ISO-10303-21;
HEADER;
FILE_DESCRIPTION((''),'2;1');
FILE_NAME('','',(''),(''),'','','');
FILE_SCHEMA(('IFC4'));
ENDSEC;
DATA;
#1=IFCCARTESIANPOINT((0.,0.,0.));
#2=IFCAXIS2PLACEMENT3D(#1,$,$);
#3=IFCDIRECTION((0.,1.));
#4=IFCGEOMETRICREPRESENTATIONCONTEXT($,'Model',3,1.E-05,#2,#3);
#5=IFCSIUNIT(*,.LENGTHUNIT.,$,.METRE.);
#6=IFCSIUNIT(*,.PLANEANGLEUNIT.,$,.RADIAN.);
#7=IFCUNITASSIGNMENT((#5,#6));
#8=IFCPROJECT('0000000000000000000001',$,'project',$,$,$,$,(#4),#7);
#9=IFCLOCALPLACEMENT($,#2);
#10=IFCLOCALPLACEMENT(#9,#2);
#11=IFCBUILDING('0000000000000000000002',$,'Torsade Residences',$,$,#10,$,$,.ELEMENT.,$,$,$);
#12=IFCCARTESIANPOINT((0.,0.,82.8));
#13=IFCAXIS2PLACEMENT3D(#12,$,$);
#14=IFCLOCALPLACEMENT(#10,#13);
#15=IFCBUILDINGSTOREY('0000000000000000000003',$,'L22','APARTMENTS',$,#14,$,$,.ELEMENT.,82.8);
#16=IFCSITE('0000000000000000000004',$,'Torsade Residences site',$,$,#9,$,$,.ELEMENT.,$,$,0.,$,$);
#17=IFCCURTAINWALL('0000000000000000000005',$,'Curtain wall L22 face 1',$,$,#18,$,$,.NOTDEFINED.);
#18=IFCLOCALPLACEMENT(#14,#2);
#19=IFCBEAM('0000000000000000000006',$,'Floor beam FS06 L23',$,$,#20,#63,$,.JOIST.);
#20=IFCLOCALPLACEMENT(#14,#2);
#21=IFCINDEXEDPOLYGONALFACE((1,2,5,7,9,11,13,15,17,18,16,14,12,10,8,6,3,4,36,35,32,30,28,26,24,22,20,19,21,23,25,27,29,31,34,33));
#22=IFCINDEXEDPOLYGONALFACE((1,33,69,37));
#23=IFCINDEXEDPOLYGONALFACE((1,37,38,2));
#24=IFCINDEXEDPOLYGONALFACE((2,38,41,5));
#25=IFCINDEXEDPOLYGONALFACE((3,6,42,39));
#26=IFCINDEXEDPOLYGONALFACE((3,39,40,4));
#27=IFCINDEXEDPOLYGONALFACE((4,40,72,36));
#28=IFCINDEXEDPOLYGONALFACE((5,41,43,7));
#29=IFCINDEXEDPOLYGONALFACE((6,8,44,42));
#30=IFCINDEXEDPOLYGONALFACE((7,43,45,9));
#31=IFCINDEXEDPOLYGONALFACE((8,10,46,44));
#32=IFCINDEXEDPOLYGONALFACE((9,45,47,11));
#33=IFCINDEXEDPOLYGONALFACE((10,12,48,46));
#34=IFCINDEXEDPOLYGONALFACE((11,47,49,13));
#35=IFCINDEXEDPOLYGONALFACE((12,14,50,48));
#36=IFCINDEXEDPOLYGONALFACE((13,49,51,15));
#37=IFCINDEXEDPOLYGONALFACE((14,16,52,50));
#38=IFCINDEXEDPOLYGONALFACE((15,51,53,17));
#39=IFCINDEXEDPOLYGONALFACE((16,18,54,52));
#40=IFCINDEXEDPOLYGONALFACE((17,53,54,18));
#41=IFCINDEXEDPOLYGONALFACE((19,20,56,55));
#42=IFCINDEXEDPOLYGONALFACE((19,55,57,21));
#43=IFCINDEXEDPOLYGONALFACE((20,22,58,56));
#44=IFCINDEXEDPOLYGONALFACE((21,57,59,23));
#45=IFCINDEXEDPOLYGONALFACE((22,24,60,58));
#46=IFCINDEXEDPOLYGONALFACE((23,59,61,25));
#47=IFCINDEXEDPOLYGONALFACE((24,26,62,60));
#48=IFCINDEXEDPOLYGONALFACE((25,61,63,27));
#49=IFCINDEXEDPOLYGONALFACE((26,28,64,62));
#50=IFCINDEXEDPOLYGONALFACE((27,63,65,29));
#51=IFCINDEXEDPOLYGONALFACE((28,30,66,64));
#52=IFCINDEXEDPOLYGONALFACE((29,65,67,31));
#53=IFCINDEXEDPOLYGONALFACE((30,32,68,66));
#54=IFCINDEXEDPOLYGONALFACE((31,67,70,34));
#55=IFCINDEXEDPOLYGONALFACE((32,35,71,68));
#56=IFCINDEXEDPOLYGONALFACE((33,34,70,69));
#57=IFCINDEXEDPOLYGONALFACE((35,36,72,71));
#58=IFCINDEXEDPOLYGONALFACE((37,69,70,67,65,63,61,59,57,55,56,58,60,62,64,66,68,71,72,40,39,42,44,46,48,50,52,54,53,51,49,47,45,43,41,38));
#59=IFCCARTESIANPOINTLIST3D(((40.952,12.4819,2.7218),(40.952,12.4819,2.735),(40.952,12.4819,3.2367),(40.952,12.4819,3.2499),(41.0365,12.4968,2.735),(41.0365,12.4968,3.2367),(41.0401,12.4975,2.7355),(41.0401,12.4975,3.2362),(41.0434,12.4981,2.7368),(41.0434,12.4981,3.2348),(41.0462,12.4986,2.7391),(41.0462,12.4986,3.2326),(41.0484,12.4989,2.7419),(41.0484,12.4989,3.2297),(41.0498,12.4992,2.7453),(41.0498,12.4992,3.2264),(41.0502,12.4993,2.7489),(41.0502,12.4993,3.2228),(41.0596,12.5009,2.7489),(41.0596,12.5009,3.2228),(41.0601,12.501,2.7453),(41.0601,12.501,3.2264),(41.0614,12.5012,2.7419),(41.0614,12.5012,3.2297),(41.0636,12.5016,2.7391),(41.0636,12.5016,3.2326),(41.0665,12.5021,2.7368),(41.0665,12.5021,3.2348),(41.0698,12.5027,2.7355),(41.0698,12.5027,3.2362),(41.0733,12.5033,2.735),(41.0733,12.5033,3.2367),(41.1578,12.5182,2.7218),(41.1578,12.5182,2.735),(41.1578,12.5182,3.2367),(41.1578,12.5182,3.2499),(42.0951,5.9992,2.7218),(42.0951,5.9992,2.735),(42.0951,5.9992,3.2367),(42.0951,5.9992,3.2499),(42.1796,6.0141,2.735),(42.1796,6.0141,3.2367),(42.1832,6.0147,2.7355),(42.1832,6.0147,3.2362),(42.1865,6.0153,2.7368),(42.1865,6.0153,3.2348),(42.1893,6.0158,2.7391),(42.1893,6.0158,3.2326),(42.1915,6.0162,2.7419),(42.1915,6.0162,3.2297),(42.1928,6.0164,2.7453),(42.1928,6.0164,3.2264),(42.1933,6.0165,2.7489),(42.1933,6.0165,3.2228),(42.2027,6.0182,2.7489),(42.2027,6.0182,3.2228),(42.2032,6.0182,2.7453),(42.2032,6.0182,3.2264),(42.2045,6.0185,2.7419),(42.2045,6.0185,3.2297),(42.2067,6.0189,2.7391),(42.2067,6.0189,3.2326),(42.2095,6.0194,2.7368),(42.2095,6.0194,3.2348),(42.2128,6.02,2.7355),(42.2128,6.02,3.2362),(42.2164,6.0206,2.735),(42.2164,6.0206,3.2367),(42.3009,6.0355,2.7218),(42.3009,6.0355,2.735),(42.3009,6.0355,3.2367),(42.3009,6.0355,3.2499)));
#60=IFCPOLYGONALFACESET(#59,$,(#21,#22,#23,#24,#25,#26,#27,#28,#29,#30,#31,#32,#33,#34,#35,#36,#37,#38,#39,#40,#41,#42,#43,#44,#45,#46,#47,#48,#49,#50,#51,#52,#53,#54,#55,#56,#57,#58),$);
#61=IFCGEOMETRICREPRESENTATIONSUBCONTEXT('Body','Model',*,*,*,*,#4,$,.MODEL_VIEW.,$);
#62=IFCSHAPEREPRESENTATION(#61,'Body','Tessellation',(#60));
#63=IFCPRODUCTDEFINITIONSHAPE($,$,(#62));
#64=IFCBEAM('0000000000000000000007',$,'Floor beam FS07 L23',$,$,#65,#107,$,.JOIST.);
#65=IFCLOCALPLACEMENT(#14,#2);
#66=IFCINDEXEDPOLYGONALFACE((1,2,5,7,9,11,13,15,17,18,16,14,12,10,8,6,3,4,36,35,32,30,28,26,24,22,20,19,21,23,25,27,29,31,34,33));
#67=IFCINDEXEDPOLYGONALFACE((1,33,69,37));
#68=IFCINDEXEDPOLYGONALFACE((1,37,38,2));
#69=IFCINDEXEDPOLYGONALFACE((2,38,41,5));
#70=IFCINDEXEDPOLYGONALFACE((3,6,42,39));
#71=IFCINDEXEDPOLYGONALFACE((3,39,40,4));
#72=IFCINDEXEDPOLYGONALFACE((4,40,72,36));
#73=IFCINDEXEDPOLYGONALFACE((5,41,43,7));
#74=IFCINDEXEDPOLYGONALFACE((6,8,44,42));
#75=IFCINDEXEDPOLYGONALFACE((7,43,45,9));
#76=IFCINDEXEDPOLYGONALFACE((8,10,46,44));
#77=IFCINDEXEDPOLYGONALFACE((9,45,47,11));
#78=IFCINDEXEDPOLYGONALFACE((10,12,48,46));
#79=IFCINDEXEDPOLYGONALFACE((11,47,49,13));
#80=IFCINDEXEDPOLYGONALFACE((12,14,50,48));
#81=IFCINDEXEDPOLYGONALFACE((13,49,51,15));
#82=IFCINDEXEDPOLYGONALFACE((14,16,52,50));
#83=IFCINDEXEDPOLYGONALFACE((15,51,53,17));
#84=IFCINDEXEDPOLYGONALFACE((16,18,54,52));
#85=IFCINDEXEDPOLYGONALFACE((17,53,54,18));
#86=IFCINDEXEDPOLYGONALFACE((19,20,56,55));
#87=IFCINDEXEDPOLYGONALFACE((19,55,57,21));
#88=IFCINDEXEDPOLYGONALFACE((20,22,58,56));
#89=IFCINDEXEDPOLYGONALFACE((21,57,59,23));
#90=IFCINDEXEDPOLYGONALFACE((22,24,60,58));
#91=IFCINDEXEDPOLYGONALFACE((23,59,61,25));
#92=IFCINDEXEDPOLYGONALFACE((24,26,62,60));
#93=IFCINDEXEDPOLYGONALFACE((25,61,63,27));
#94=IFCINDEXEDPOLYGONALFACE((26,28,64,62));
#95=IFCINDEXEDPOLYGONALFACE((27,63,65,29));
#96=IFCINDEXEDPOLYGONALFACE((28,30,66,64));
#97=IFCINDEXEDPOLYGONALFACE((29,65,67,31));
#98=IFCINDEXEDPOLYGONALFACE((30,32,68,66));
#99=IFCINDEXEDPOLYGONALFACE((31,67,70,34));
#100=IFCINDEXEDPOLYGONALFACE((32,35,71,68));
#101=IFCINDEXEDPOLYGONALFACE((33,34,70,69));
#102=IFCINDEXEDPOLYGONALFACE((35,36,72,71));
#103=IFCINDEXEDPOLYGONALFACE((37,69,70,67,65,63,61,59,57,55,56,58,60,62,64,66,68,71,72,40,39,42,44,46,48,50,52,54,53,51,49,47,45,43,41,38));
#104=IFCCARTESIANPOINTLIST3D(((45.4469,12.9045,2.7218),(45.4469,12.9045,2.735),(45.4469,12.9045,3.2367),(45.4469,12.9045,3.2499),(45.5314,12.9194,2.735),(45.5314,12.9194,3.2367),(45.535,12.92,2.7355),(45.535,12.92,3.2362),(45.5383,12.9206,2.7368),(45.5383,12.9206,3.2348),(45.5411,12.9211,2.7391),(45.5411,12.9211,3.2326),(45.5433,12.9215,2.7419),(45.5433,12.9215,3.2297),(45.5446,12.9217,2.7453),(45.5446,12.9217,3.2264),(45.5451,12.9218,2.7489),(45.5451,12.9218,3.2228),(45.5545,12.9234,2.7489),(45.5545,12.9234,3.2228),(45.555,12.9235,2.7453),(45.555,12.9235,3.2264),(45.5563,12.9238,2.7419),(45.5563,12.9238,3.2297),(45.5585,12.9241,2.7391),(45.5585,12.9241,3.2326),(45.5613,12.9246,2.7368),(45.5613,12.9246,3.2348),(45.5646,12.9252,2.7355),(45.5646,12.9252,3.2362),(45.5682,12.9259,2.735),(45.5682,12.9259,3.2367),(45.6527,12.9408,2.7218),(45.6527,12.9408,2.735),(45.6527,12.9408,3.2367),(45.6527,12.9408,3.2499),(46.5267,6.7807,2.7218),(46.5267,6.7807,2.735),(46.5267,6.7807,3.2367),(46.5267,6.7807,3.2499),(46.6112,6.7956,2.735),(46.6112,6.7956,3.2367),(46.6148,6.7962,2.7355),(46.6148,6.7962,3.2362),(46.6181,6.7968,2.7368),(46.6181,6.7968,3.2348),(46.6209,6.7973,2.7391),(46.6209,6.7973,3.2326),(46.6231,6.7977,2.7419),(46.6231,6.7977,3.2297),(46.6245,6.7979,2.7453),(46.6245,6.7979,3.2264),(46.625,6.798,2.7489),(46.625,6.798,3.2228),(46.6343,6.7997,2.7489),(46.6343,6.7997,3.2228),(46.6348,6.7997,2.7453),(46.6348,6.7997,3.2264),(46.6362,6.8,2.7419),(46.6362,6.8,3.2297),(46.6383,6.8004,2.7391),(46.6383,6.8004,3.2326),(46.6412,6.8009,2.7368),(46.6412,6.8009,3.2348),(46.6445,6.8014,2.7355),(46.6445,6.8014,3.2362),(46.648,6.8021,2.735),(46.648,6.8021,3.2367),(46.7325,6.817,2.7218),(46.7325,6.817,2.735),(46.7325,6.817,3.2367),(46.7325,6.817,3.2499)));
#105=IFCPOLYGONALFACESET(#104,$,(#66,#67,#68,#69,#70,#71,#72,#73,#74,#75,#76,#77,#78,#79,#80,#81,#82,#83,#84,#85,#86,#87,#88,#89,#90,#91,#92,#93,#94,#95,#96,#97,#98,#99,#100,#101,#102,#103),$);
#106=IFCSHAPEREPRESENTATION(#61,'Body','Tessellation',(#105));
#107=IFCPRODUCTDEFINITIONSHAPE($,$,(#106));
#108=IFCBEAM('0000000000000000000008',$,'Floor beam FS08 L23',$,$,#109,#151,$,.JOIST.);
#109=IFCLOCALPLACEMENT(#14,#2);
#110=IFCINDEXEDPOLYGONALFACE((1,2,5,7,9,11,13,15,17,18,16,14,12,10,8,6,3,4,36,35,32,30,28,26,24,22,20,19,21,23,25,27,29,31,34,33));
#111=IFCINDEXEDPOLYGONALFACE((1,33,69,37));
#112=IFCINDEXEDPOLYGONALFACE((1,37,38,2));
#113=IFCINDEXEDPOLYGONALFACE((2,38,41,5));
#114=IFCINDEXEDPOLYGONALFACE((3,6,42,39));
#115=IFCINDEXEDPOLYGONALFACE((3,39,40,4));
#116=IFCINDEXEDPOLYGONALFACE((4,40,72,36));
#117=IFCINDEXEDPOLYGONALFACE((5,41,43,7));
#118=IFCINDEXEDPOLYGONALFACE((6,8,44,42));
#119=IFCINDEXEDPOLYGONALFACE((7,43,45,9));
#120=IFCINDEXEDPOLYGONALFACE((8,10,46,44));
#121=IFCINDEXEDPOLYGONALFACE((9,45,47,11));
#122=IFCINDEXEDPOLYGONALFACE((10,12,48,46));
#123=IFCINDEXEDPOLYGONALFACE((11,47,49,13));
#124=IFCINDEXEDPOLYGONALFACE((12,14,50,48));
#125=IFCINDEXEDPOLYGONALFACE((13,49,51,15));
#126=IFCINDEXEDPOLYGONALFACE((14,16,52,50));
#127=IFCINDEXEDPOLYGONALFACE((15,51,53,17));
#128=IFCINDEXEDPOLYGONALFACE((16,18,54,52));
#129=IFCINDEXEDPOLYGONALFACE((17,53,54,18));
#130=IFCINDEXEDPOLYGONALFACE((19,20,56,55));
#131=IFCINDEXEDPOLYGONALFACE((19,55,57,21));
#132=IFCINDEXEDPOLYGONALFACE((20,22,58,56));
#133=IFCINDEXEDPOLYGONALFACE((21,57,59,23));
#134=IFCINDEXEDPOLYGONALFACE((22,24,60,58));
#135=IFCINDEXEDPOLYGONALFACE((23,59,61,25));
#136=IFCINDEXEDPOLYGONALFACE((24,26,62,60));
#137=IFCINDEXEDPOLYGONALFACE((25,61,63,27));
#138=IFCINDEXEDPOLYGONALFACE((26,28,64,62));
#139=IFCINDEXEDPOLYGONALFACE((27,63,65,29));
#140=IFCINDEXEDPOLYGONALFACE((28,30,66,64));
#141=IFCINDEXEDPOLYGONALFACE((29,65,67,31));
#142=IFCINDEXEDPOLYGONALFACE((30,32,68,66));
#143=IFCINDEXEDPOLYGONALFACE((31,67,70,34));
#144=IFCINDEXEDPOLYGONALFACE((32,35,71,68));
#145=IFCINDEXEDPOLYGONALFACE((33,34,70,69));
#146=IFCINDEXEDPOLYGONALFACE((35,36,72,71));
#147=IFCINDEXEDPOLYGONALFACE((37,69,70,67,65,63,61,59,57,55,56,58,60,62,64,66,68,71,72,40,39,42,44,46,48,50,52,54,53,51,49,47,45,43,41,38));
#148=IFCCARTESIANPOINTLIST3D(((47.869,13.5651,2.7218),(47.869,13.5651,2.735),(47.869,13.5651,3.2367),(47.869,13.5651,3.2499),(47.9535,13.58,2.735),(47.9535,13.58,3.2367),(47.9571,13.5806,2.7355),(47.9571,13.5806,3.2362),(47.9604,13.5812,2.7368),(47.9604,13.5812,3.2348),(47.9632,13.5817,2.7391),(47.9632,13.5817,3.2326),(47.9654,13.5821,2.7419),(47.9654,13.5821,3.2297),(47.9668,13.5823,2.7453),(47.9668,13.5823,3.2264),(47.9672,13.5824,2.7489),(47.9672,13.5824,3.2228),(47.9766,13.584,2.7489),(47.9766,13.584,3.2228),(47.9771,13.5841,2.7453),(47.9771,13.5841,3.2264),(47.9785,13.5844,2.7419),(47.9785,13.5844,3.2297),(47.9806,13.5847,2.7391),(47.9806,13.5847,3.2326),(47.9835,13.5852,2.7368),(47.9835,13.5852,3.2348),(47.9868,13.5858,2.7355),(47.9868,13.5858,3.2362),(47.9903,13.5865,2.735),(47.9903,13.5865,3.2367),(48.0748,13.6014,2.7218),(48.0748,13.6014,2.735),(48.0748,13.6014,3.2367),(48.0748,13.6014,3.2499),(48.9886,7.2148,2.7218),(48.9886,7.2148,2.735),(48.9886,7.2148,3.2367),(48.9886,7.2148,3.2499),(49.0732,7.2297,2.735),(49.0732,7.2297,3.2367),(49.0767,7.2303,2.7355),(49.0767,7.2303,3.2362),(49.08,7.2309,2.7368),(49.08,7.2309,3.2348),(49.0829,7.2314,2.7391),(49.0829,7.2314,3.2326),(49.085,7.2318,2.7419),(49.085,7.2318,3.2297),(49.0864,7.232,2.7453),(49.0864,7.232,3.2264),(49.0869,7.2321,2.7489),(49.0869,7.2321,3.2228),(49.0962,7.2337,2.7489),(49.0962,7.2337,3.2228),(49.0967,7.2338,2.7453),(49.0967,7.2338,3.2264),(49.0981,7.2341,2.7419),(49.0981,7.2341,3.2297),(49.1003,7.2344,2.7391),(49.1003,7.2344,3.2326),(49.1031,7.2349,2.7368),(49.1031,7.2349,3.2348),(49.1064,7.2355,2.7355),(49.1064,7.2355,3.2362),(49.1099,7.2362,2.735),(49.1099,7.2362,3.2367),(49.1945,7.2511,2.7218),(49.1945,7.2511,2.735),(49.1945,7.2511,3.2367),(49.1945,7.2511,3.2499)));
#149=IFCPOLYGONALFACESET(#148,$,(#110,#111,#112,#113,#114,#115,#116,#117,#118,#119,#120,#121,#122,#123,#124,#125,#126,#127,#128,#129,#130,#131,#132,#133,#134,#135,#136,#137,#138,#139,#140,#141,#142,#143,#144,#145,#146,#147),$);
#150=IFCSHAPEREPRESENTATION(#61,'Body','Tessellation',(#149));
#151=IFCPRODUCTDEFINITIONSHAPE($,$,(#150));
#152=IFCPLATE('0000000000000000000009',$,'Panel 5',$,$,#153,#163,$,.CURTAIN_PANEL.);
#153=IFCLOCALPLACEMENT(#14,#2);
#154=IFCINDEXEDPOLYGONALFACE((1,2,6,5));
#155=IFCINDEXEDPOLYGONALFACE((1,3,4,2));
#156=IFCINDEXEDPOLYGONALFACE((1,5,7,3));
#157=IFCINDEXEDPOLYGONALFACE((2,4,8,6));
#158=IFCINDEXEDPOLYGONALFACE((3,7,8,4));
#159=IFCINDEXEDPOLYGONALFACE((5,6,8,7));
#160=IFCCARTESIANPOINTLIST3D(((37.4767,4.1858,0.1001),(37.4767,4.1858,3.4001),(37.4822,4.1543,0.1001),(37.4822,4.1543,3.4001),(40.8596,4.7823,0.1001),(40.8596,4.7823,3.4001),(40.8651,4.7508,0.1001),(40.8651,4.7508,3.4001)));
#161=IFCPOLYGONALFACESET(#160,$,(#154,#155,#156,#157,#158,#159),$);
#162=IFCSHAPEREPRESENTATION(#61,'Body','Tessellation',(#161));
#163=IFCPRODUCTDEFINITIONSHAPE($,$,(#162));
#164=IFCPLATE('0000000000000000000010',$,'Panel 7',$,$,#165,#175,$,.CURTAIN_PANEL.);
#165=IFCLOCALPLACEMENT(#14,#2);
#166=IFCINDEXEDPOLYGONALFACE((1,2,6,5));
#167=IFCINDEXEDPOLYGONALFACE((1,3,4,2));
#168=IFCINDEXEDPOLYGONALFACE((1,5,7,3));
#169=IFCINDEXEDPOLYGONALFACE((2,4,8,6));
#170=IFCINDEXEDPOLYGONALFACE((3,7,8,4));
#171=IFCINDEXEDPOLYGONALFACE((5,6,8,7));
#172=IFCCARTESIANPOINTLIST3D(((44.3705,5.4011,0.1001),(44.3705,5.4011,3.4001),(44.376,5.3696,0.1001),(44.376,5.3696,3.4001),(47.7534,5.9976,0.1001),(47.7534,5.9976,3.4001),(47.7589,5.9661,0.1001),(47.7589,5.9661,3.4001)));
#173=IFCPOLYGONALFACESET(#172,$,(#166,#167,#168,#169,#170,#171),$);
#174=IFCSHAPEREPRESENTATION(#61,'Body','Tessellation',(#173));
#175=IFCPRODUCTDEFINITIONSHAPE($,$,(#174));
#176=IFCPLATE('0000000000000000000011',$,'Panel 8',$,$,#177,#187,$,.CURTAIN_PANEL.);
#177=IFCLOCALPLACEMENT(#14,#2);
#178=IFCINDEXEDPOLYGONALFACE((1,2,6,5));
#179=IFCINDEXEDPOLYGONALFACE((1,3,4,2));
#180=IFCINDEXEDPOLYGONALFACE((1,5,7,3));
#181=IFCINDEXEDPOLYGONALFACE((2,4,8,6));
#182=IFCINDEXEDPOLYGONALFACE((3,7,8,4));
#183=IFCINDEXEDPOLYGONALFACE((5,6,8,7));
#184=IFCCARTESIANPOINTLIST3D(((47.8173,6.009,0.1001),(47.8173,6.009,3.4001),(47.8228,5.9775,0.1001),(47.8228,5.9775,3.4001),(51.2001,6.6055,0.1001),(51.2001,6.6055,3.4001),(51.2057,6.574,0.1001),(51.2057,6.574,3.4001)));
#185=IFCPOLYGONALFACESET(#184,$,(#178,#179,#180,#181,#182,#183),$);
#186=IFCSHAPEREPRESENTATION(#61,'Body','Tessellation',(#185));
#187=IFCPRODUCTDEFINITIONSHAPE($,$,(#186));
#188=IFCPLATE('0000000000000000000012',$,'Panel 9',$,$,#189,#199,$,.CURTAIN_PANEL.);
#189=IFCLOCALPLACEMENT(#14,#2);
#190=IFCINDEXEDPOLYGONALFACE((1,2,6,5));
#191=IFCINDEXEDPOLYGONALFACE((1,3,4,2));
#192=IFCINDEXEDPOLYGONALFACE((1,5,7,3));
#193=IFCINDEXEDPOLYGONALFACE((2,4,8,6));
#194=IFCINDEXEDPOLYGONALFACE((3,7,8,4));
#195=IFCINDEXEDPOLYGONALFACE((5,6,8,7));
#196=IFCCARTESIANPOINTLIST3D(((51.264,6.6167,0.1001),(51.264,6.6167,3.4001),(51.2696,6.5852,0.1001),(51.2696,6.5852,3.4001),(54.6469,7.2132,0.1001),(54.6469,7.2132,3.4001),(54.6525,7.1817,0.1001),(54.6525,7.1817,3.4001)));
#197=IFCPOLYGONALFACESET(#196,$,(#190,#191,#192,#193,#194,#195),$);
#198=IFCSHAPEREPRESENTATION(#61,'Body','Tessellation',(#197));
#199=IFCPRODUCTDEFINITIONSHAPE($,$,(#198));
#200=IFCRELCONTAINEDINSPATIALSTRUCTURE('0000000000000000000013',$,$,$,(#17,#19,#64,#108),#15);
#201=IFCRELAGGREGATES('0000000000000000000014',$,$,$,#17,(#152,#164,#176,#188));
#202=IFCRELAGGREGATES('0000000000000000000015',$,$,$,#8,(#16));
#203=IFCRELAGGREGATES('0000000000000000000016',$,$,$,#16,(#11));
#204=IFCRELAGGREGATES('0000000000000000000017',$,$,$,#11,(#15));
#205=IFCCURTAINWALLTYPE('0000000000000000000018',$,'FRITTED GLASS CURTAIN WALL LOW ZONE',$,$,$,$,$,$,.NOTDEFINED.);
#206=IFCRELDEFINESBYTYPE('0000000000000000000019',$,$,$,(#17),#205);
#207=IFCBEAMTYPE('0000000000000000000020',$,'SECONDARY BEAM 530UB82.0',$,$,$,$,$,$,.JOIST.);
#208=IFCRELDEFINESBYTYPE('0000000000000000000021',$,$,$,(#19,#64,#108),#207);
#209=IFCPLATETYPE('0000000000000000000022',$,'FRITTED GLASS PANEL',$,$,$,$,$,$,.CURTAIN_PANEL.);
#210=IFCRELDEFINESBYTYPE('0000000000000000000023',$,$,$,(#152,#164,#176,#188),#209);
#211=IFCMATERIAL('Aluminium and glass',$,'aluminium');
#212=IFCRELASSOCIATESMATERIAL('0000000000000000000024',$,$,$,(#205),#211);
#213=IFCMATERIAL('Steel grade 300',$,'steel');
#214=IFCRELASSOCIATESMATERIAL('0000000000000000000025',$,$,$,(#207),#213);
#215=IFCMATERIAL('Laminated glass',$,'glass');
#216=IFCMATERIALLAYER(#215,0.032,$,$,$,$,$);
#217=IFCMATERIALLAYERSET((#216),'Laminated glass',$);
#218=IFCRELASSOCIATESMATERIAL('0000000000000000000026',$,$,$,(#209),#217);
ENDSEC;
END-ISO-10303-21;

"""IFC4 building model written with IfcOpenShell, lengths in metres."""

from ifc_helpers import new_model, si_unit, direction, frame, origin, origin_2d, place, context, subcontext, project, spatial, rectangle, i_section, extrude, material, layer, layer_set, material_profile, profile_set, type_object, element, aggregate, save


model = new_model("IFC4")

# Units and contexts
model_context = context("Model", 3, precision=1e-05, world=origin(), true_north=direction((0.0, 1.0)))
body_context = subcontext(model_context, "Body", "Model", "MODEL_VIEW")
ifc_project = project(units=[si_unit("LENGTHUNIT", "METRE"), si_unit("PLANEANGLEUNIT", "RADIAN")], contexts=[model_context])

# Site, building, storey
site_placement = place(None, origin())
site = spatial("IfcSite", under=ifc_project, at=site_placement, Name="Torsade Residences site", CompositionType="ELEMENT", RefElevation=0.0)
building_placement = place(site_placement, origin())
building = spatial("IfcBuilding", under=site, at=building_placement, Name="Torsade Residences", CompositionType="ELEMENT")
storey_placement = place(building_placement, frame((0.0, 0.0, 82.8)))
storey = spatial("IfcBuildingStorey", under=building, at=storey_placement, Name="L22", Description="APARTMENTS", CompositionType="ELEMENT", Elevation=82.8)

# Curtain wall
ifc_material_1 = material(Name="Aluminium and glass", Category="aluminium")
curtain_wall_type = type_object("IfcCurtainWallType", Name="FRITTED GLASS CURTAIN WALL LOW ZONE", PredefinedType="NOTDEFINED", material=ifc_material_1)
curtain_wall_placement = place(storey_placement, origin())
curtain_wall = element("IfcCurtainWall", 1, at=curtain_wall_placement, inside=storey, type_object=curtain_wall_type, Name="Curtain wall L22 face 1", PredefinedType="NOTDEFINED")

# Beams
ifc_material_2 = material(Name="Steel grade 300", Category="steel")
ifc_material_profile_1 = material_profile(ifc_material_2, i_section(OverallWidth=0.209, OverallDepth=0.5281, WebThickness=0.0095, FlangeThickness=0.0132, FilletRadius=0.0139, at=origin_2d()), Name="530UB82.0")
ifc_profile_set_1 = profile_set([ifc_material_profile_1], Name="Steel grade 300")
beam_type_1 = type_object("IfcBeamType", Name="SECONDARY BEAM 530UB82.0", PredefinedType="JOIST", material=ifc_profile_set_1)
beam_1_placement = place(storey_placement, frame((42.198, 6.0173, 2.9858), z_axis=(-0.173648, 0.984808, 0.0), x_axis=(-0.984808, -0.173648, 0.0)))
element("IfcBeam", 2, at=beam_1_placement, inside=storey, type_object=beam_type_1, Name="Floor beam FS06 L23", PredefinedType="JOIST", context=body_context, shape_type="SweptSolid", body=[
    extrude(i_section(OverallWidth=0.209, OverallDepth=0.5281, WebThickness=0.0095, FlangeThickness=0.0132, FilletRadius=0.0139, at=origin_2d()), origin(), (0.0, 0.0, 1.0), 6.5828),
])
beam_2_placement = place(storey_placement, frame((46.6296, 6.7988, 2.9858), z_axis=(-0.173655, 0.984806, 0.0), x_axis=(-0.984806, -0.173655, 0.0)))
element("IfcBeam", 3, at=beam_2_placement, inside=storey, type_object=beam_type_1, Name="Floor beam FS07 L23", PredefinedType="JOIST", context=body_context, shape_type="SweptSolid", body=[
    extrude(i_section(OverallWidth=0.209, OverallDepth=0.5281, WebThickness=0.0095, FlangeThickness=0.0132, FilletRadius=0.0139, at=origin_2d()), origin(), (0.0, 0.0, 1.0), 6.2183),
])
beam_3_placement = place(storey_placement, frame((49.0916, 7.2329, 2.9858), z_axis=(-0.173632, 0.984811, 0.0), x_axis=(-0.984811, -0.173632, 0.0)))
element("IfcBeam", 4, at=beam_3_placement, inside=storey, type_object=beam_type_1, Name="Floor beam FS08 L23", PredefinedType="JOIST", context=body_context, shape_type="SweptSolid", body=[
    extrude(i_section(OverallWidth=0.209, OverallDepth=0.5281, WebThickness=0.0095, FlangeThickness=0.0132, FilletRadius=0.0139, at=origin_2d()), origin(), (0.0, 0.0, 1.0), 6.4482),
])

# Plates
ifc_material_3 = material(Name="Laminated glass", Category="glass")
ifc_layer_1 = layer(ifc_material_3, 0.032)
ifc_layer_set_1 = layer_set([ifc_layer_1], Name="Laminated glass")
plate_type_1 = type_object("IfcPlateType", Name="FRITTED GLASS PANEL", PredefinedType="CURTAIN_PANEL", material=ifc_layer_set_1)
plate_1_placement = place(storey_placement, frame((39.1709, 4.4683, 0.1001), z_axis=(0.0, 0.0, 1.0), x_axis=(0.984808, 0.173648, 0.0)))
plate_1 = element("IfcPlate", 5, at=plate_1_placement, type_object=plate_type_1, Name="Panel 5", PredefinedType="CURTAIN_PANEL", context=body_context, shape_type="SweptSolid", body=[
    extrude(rectangle(XDim=3.4351, YDim=0.032, at=origin_2d()), origin(), (0.0, 0.0, 1.0), 3.3),
])
plate_2_placement = place(storey_placement, frame((46.0647, 5.6836, 0.1001), z_axis=(0.0, 0.0, 1.0), x_axis=(0.984808, 0.173648, 0.0)))
plate_2 = element("IfcPlate", 6, at=plate_2_placement, type_object=plate_type_1, Name="Panel 7", PredefinedType="CURTAIN_PANEL", context=body_context, shape_type="SweptSolid", body=[
    extrude(rectangle(XDim=3.4351, YDim=0.032, at=origin_2d()), origin(), (0.0, 0.0, 1.0), 3.3),
])
plate_3_placement = place(storey_placement, frame((49.5115, 6.2915, 0.1001), z_axis=(0.0, 0.0, 1.0), x_axis=(0.984808, 0.173648, 0.0)))
plate_3 = element("IfcPlate", 7, at=plate_3_placement, type_object=plate_type_1, Name="Panel 8", PredefinedType="CURTAIN_PANEL", context=body_context, shape_type="SweptSolid", body=[
    extrude(rectangle(XDim=3.4351, YDim=0.032, at=origin_2d()), origin(), (0.0, 0.0, 1.0), 3.3),
])
plate_4_placement = place(storey_placement, frame((52.9583, 6.8992, 0.1001), z_axis=(0.0, 0.0, 1.0), x_axis=(0.984808, 0.173648, 0.0)))
plate_4 = element("IfcPlate", 8, at=plate_4_placement, type_object=plate_type_1, Name="Panel 9", PredefinedType="CURTAIN_PANEL", context=body_context, shape_type="SweptSolid", body=[
    extrude(rectangle(XDim=3.4351, YDim=0.032, at=origin_2d()), origin(), (0.0, 0.0, 1.0), 3.3),
])
aggregate(curtain_wall, [plate_1, plate_2, plate_3, plate_4])

save(model, "model.ifc")
